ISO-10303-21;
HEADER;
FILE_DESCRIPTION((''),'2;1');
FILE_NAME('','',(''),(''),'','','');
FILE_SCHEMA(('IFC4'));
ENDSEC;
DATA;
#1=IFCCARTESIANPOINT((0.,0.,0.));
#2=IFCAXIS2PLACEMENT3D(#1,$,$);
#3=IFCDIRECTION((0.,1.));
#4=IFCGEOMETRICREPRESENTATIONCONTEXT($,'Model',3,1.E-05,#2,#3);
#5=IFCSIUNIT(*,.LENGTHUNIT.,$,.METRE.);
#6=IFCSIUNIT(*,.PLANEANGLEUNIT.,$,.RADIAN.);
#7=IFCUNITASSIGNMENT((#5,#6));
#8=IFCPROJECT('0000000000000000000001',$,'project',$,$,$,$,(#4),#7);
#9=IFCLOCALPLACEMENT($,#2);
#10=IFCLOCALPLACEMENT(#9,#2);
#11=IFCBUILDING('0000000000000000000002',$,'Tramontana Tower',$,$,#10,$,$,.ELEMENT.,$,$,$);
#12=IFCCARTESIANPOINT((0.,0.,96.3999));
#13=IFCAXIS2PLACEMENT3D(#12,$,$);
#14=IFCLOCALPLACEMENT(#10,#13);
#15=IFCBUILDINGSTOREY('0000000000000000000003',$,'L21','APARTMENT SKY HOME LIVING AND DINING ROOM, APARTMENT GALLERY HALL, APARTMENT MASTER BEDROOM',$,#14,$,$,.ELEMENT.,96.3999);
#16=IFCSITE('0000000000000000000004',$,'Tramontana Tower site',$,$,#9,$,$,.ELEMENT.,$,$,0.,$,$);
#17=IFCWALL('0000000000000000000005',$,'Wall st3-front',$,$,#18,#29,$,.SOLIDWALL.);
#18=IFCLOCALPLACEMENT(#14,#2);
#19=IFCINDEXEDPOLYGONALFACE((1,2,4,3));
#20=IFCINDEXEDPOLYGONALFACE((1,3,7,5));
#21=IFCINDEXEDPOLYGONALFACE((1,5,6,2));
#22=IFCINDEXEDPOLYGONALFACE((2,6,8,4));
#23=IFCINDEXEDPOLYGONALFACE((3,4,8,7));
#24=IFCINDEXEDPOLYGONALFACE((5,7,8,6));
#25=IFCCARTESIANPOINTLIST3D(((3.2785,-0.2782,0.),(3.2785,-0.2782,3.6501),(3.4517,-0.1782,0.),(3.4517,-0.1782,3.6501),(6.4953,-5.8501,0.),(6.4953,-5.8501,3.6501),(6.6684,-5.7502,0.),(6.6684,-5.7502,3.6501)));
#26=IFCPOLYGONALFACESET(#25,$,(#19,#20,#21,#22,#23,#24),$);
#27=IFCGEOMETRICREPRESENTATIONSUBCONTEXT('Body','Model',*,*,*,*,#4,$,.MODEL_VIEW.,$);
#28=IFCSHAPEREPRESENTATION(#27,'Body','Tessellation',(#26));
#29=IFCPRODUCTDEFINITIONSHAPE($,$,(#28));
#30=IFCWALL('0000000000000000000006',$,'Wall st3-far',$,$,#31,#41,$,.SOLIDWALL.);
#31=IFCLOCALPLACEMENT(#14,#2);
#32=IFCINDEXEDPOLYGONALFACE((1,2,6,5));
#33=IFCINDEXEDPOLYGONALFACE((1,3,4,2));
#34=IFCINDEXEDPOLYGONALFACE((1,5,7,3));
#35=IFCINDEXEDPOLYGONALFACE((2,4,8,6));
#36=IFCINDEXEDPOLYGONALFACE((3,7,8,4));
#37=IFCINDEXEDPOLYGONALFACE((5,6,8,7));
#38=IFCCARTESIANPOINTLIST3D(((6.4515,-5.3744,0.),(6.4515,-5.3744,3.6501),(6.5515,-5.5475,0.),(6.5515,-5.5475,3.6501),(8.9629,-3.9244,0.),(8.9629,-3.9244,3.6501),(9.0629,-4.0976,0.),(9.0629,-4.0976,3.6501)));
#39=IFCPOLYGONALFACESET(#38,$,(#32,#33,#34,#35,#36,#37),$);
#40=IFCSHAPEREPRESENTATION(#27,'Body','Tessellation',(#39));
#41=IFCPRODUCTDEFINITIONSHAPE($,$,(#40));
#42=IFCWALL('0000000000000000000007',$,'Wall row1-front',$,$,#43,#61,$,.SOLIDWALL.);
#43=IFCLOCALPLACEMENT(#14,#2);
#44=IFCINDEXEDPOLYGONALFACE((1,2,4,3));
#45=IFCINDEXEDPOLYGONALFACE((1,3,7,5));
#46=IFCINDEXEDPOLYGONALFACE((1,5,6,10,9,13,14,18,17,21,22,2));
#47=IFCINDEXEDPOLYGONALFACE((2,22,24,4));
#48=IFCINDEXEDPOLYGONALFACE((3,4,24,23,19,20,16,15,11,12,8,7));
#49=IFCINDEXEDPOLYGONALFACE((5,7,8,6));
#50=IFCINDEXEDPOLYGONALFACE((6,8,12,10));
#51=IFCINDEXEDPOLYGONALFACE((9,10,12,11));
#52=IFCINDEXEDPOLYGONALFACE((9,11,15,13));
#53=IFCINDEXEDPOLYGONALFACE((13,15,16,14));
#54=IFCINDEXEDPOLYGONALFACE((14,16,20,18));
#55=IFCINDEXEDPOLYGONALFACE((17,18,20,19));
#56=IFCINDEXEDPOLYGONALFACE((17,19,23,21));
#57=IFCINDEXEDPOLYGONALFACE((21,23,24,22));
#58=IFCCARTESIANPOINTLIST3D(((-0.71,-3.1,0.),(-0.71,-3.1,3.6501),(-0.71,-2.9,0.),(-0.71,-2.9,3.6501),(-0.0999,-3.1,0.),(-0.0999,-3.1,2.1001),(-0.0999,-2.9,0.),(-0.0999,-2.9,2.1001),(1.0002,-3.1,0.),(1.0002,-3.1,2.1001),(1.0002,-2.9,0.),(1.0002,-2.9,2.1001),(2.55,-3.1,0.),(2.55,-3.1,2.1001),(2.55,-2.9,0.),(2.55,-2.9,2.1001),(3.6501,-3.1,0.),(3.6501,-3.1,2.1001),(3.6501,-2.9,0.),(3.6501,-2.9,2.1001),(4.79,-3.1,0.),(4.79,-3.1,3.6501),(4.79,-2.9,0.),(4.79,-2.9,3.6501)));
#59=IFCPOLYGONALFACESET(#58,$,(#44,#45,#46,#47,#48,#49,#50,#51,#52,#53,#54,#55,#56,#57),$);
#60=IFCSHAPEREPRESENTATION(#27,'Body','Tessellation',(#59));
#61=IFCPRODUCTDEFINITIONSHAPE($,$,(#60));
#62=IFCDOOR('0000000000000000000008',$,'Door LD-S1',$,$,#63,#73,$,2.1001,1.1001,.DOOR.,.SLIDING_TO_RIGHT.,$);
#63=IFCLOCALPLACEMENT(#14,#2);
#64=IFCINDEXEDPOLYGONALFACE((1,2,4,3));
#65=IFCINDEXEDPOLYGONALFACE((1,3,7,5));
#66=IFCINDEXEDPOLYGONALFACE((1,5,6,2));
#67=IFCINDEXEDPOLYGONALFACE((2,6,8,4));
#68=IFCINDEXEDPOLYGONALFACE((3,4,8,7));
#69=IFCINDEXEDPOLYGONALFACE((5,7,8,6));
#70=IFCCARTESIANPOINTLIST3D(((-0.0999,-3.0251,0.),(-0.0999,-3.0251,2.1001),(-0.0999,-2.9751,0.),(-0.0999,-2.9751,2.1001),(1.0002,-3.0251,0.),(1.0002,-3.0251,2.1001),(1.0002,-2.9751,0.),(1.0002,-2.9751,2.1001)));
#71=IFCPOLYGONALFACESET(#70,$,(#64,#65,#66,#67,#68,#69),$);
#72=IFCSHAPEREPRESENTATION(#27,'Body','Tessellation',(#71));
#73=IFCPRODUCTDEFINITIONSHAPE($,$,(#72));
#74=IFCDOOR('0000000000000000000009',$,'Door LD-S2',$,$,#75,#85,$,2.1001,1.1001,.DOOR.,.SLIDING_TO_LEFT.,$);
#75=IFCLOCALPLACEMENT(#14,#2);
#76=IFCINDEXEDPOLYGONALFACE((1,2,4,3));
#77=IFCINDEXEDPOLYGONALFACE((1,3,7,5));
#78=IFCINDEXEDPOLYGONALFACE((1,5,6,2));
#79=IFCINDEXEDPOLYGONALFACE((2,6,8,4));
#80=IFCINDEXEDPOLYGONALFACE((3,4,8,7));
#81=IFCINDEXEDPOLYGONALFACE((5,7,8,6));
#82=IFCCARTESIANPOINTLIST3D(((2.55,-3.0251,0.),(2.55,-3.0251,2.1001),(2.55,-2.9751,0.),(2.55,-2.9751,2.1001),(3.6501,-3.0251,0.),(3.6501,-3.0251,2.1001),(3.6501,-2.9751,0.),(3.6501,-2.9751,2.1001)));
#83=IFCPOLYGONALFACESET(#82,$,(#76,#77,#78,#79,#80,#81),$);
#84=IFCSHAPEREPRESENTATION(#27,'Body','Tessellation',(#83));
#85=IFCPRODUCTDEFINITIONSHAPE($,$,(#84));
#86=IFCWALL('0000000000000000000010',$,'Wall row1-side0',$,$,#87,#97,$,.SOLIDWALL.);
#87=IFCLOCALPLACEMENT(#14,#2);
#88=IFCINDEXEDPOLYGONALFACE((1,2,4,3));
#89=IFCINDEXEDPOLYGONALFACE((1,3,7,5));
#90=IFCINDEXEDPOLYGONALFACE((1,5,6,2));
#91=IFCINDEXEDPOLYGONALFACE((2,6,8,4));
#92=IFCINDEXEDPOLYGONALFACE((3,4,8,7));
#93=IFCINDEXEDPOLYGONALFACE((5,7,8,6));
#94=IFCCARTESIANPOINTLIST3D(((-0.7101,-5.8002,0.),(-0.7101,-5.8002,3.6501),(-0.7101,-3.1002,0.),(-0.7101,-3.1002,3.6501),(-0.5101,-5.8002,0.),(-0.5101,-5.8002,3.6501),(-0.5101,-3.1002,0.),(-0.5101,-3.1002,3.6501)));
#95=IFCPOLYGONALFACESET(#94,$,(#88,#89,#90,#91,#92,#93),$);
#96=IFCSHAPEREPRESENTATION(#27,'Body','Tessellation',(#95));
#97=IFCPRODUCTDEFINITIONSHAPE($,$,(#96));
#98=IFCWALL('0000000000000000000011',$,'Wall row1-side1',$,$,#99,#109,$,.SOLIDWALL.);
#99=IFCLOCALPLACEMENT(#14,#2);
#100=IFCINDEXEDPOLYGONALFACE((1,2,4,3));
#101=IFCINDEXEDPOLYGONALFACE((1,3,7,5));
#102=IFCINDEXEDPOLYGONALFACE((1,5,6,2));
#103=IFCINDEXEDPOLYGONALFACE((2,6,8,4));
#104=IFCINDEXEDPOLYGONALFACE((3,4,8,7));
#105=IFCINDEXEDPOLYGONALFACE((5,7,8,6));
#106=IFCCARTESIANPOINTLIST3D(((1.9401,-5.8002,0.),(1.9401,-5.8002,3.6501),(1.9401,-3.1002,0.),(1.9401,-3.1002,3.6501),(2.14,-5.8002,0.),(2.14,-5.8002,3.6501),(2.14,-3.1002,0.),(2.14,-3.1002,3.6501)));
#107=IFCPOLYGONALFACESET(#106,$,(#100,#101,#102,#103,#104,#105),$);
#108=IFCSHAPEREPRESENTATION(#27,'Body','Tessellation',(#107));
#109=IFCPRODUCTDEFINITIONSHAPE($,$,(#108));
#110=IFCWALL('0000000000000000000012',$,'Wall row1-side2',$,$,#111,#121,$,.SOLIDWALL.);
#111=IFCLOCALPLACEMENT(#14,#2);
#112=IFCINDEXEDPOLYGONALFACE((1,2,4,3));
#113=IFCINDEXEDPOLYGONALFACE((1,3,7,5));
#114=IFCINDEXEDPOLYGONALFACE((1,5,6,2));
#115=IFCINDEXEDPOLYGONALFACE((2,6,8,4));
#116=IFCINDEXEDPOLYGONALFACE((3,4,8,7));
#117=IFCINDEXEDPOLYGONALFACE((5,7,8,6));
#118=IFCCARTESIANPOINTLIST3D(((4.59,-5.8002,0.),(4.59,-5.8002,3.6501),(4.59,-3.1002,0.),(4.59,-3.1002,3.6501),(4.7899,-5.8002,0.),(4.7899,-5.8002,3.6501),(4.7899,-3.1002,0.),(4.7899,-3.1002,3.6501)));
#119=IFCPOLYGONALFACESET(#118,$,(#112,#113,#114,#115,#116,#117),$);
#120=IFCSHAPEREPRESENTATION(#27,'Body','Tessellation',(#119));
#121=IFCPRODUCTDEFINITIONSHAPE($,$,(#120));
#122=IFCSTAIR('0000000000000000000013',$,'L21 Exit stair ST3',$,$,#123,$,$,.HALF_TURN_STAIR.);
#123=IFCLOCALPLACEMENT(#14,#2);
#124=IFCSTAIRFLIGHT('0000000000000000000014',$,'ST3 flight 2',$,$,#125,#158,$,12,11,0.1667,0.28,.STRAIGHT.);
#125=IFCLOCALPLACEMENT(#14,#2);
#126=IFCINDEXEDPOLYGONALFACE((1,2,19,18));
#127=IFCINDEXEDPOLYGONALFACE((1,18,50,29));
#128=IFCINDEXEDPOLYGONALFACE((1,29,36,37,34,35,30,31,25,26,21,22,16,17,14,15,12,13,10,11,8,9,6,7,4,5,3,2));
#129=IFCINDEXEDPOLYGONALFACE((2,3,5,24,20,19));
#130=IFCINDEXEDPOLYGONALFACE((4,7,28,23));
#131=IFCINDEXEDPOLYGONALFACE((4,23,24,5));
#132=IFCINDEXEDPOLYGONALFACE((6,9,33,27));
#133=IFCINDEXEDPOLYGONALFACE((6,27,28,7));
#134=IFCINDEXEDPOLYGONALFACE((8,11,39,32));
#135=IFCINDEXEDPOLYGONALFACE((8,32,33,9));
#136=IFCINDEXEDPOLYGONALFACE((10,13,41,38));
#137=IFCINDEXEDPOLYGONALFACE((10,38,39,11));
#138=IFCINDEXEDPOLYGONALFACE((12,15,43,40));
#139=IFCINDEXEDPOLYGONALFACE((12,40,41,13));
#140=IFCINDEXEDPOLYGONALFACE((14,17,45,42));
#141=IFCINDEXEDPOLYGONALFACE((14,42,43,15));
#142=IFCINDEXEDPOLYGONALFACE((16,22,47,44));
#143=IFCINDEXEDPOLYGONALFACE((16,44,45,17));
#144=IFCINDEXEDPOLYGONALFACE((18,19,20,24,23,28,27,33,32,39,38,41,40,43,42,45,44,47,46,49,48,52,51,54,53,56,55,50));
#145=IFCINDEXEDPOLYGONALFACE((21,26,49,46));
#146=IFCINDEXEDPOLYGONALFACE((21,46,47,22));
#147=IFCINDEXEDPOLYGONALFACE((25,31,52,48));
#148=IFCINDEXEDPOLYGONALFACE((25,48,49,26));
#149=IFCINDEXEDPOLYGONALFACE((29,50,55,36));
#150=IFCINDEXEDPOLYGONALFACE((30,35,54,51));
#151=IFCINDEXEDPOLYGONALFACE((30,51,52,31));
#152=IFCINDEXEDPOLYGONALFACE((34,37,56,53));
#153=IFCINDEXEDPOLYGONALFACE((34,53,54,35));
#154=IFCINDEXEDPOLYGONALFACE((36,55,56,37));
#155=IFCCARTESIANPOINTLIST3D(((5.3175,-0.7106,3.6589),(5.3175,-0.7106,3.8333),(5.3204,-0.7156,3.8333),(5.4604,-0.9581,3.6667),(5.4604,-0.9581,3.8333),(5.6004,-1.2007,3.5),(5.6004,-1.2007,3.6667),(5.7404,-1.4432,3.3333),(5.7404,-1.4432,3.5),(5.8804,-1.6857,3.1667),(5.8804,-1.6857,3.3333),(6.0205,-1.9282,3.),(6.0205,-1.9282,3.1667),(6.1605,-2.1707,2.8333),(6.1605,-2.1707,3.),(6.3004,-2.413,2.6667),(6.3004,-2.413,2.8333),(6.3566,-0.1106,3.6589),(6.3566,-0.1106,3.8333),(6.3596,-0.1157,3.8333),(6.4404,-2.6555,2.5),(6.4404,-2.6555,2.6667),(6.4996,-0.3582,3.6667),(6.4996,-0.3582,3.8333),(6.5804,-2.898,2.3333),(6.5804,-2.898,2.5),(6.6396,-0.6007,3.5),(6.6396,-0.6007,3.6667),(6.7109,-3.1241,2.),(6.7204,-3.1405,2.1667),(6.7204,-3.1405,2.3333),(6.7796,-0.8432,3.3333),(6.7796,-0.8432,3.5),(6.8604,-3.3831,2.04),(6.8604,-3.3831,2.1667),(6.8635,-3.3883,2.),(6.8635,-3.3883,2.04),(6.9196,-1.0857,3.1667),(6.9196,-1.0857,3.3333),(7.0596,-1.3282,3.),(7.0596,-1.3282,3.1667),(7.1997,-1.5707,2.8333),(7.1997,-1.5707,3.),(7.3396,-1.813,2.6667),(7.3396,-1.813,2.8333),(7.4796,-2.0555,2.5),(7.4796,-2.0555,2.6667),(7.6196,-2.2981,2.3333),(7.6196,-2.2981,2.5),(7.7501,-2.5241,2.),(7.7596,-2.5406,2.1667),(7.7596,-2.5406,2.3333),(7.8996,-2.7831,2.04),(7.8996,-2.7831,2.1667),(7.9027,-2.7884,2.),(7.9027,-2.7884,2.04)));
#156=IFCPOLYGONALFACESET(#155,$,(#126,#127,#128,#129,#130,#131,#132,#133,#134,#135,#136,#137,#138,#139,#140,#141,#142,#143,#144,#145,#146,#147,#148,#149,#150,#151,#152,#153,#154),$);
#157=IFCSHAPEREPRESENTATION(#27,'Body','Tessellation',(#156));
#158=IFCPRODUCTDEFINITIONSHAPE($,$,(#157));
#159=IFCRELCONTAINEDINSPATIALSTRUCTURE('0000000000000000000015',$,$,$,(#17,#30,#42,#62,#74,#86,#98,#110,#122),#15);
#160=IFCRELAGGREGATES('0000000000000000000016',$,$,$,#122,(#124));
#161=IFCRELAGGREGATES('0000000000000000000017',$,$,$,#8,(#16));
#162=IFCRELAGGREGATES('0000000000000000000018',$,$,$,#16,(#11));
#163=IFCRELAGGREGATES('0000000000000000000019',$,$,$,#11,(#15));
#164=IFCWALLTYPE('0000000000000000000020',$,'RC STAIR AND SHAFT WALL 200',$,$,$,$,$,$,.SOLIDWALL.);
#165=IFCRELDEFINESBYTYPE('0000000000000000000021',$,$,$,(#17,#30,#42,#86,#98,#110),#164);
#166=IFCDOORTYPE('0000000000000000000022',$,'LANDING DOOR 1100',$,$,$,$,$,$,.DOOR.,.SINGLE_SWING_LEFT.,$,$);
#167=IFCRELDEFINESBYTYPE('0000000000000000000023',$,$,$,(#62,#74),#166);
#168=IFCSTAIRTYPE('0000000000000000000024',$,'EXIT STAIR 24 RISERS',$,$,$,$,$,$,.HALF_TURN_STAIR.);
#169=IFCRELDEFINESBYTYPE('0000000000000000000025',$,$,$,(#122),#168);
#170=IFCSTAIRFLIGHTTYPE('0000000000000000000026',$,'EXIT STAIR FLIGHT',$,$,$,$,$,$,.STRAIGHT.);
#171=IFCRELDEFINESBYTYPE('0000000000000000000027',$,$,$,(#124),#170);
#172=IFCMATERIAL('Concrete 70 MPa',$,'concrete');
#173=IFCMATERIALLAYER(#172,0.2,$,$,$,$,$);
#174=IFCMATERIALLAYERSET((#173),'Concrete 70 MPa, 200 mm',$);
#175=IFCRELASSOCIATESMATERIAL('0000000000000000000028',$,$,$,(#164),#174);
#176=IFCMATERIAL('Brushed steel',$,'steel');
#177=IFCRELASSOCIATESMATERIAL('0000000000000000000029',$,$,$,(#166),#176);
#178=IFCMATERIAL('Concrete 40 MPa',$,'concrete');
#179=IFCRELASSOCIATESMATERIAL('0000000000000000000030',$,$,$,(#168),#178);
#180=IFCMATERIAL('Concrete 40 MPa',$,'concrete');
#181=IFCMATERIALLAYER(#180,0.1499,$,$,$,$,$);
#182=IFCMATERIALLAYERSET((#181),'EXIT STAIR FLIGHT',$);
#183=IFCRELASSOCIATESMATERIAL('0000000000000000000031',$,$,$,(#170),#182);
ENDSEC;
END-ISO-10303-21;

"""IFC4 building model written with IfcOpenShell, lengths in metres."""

from ifc_helpers import new_model, si_unit, direction, frame, frame_2d, origin, place, context, subcontext, project, spatial, polyline, rectangle, outline, extrude, material, layer, layer_set, type_object, element, fill, aggregate, save


model = new_model("IFC4")

# Units and contexts
model_context = context("Model", 3, precision=1e-05, world=origin(), true_north=direction((0.0, 1.0)))
body_context = subcontext(model_context, "Body", "Model", "MODEL_VIEW")
ifc_project = project(units=[si_unit("LENGTHUNIT", "METRE"), si_unit("PLANEANGLEUNIT", "RADIAN")], contexts=[model_context])

# Site, building, storey
site_placement = place(None, origin())
site = spatial("IfcSite", under=ifc_project, at=site_placement, Name="Tramontana Tower site", CompositionType="ELEMENT", RefElevation=0.0)
building_placement = place(site_placement, origin())
building = spatial("IfcBuilding", under=site, at=building_placement, Name="Tramontana Tower", CompositionType="ELEMENT")
storey_placement = place(building_placement, frame((0.0, 0.0, 96.3999)))
storey = spatial("IfcBuildingStorey", under=building, at=storey_placement, Name="L21", Description="APARTMENT SKY HOME LIVING AND DINING ROOM, APARTMENT GALLERY HALL, APARTMENT MASTER BEDROOM", CompositionType="ELEMENT", Elevation=96.3999)

# Shared definitions
ifc_material_1 = material(Name="Concrete 70 MPa", Category="concrete")
ifc_layer_1 = layer(ifc_material_1, 0.2)
ifc_layer_set_1 = layer_set([ifc_layer_1], Name="Concrete 70 MPa, 200 mm")
wall_type_1 = type_object("IfcWallType", Name="RC STAIR AND SHAFT WALL 200", PredefinedType="SOLIDWALL", material=ifc_layer_set_1)

# Walls
wall_1_placement = place(storey_placement, frame((6.5818, -5.8, 0.0), z_axis=(0.0, 0.0, 1.0), x_axis=(-0.499975, 0.86604, 0.0)))
element("IfcWall", 1, at=wall_1_placement, inside=storey, type_object=wall_type_1, Name="Wall st3-front", PredefinedType="SOLIDWALL", context=body_context, shape_type="SweptSolid", body=[
    extrude(rectangle(XDim=6.4338, YDim=0.2, at=frame_2d((3.2168, 0.0))), origin(), (0.0, 0.0, 1.0), 3.6501),
])
wall_2_placement = place(storey_placement, frame((6.5015, -5.4609, 0.0), z_axis=(0.0, 0.0, 1.0), x_axis=(0.866033, 0.499987, 0.0)))
element("IfcWall", 2, at=wall_2_placement, inside=storey, type_object=wall_type_1, Name="Wall st3-far", PredefinedType="SOLIDWALL", context=body_context, shape_type="SweptSolid", body=[
    extrude(rectangle(XDim=2.8999, YDim=0.2, at=frame_2d((1.45, 0.0))), origin(), (0.0, 0.0, 1.0), 3.6501),
])

# Wall, openings, doors
wall_3_placement = place(storey_placement, frame((-0.71, -3.0, 0.0), z_axis=(0.0, 0.0, 1.0), x_axis=(1.0, 0.0, 0.0)))
wall_3 = element("IfcWall", 3, at=wall_3_placement, inside=storey, type_object=wall_type_1, Name="Wall row1-front", PredefinedType="SOLIDWALL", context=body_context, shape_type="SweptSolid", body=[
    extrude(rectangle(XDim=5.5, YDim=0.2, at=frame_2d((2.75, 0.0))), origin(), (0.0, 0.0, 1.0), 3.6501),
])
opening_1_placement = place(wall_3_placement, frame((0.6101, 0.0, 0.0)))
opening_1 = element("IfcOpeningElement", 4, at=opening_1_placement, cuts=wall_3, PredefinedType="OPENING", context=body_context, shape_type="SweptSolid", body=[
    extrude(rectangle(XDim=1.1001, YDim=2.1001, at=frame_2d((0.55, 1.05))), frame((0.0, 0.1099, 0.0), z_axis=(0.0, -1.0, 0.0), x_axis=(1.0, 0.0, 0.0)), (0.0, 0.0, 1.0), 0.22),
])
opening_2_placement = place(wall_3_placement, frame((3.26, 0.0, 0.0)))
opening_2 = element("IfcOpeningElement", 5, at=opening_2_placement, cuts=wall_3, PredefinedType="OPENING", context=body_context, shape_type="SweptSolid", body=[
    extrude(rectangle(XDim=1.1001, YDim=2.1001, at=frame_2d((0.55, 1.05))), frame((0.0, 0.1099, 0.0), z_axis=(0.0, -1.0, 0.0), x_axis=(1.0, 0.0, 0.0)), (0.0, 0.0, 1.0), 0.22),
])
ifc_material_2 = material(Name="Brushed steel", Category="steel")
door_type_1 = type_object("IfcDoorType", Name="LANDING DOOR 1100", OperationType="SINGLE_SWING_LEFT", PredefinedType="DOOR", material=ifc_material_2)
door_1_placement = place(opening_1_placement, origin())
door_1 = element("IfcDoor", 6, at=door_1_placement, inside=storey, type_object=door_type_1, Name="Door LD-S1", OperationType="SLIDING_TO_RIGHT", OverallHeight=2.1001, OverallWidth=1.1001, PredefinedType="DOOR", context=body_context, shape_type="SweptSolid", body=[
    extrude(rectangle(XDim=1.1001, YDim=2.1001, at=frame_2d((0.55, 1.05))), frame((0.0, 0.0249, 0.0), z_axis=(0.0, -1.0, 0.0), x_axis=(1.0, 0.0, 0.0)), (0.0, 0.0, 1.0), 0.05),
])
fill(opening_1, door_1)
door_2_placement = place(opening_2_placement, origin())
door_2 = element("IfcDoor", 7, at=door_2_placement, inside=storey, type_object=door_type_1, Name="Door LD-S2", OperationType="SLIDING_TO_LEFT", OverallHeight=2.1001, OverallWidth=1.1001, PredefinedType="DOOR", context=body_context, shape_type="SweptSolid", body=[
    extrude(rectangle(XDim=1.1001, YDim=2.1001, at=frame_2d((0.55, 1.05))), frame((0.0, 0.0249, 0.0), z_axis=(0.0, -1.0, 0.0), x_axis=(1.0, 0.0, 0.0)), (0.0, 0.0, 1.0), 0.05),
])
fill(opening_2, door_2)

# Walls
for number, where, z_axis, x_axis, name in (
    (8, (-0.6101, -3.1001, 0.0), (0.0, 0.0, 1.0), (0.0, -1.0, 0.0), "Wall row1-side0"),
    (9, (2.04, -3.1001, 0.0), (0.0, 0.0, 1.0), (0.0, -1.0, 0.0), "Wall row1-side1"),
    (10, (4.6899, -3.1001, 0.0), (0.0, 0.0, 1.0), (0.0, -1.0, 0.0), "Wall row1-side2"),
):
    element("IfcWall", number, at=place(storey_placement, frame(where, z_axis=z_axis, x_axis=x_axis)), inside=storey, type_object=wall_type_1, Name=name, PredefinedType="SOLIDWALL", context=body_context, shape_type="SweptSolid", body=[
        extrude(rectangle(XDim=2.7, YDim=0.2, at=frame_2d((1.3501, 0.0))), origin(), (0.0, 0.0, 1.0), 3.6501),
    ])

# Stair, stair flight
ifc_material_3 = material(Name="Concrete 40 MPa", Category="concrete")
stair_type = type_object("IfcStairType", Name="EXIT STAIR 24 RISERS", PredefinedType="HALF_TURN_STAIR", material=ifc_material_3)
stair_placement = place(storey_placement, origin())
stair = element("IfcStair", 11, at=stair_placement, inside=storey, type_object=stair_type, Name="L21 Exit stair ST3", PredefinedType="HALF_TURN_STAIR")
ifc_material_4 = material(Name="Concrete 40 MPa", Category="concrete")
ifc_layer_2 = layer(ifc_material_4, 0.1499)
ifc_layer_set_2 = layer_set([ifc_layer_2], Name="EXIT STAIR FLIGHT")
stair_flight_type = type_object("IfcStairFlightType", Name="EXIT STAIR FLIGHT", PredefinedType="STRAIGHT", material=ifc_layer_set_2)
stair_flight_placement = place(storey_placement, frame((7.3801, -3.083, 2.0), z_axis=(0.0, 0.0, 1.0), x_axis=(-0.5, 0.866025, 0.0)))
stair_flight = element("IfcStairFlight", 12, at=stair_flight_placement, type_object=stair_flight_type, Name="ST3 flight 2", NumberOfRisers=12, NumberOfTreads=11, PredefinedType="STRAIGHT", RiserHeight=0.1667, TreadLength=0.28, context=body_context, shape_type="SweptSolid", body=[
    extrude(outline(polyline([(-0.0061, 0.0), (-0.0061, 0.04), (0.0, 0.04), (0.0, 0.1667), (0.28, 0.1667), (0.28, 0.3333), (0.5601, 0.3333), (0.5601, 0.5), (0.8401, 0.5), (0.8401, 0.6667), (1.1201, 0.6667), (1.1201, 0.8333), (1.3999, 0.8333), (1.3999, 1.0), (1.6799, 1.0), (1.6799, 1.1667), (1.96, 1.1667), (1.96, 1.3333), (2.24, 1.3333), (2.24, 1.5), (2.52, 1.5), (2.52, 1.6667), (2.8, 1.6667), (2.8, 1.8333), (3.0801, 1.8333), (3.0859, 1.8333), (3.0859, 1.6589), (0.2991, 0.0), (-0.0061, 0.0)])), frame((0.0, 0.6001, 0.0), z_axis=(0.0, -1.0, 0.0), x_axis=(1.0, 0.0, 0.0)), (0.0, 0.0, 1.0), 1.2),
])
aggregate(stair, [stair_flight])

save(model, "model.ifc")
